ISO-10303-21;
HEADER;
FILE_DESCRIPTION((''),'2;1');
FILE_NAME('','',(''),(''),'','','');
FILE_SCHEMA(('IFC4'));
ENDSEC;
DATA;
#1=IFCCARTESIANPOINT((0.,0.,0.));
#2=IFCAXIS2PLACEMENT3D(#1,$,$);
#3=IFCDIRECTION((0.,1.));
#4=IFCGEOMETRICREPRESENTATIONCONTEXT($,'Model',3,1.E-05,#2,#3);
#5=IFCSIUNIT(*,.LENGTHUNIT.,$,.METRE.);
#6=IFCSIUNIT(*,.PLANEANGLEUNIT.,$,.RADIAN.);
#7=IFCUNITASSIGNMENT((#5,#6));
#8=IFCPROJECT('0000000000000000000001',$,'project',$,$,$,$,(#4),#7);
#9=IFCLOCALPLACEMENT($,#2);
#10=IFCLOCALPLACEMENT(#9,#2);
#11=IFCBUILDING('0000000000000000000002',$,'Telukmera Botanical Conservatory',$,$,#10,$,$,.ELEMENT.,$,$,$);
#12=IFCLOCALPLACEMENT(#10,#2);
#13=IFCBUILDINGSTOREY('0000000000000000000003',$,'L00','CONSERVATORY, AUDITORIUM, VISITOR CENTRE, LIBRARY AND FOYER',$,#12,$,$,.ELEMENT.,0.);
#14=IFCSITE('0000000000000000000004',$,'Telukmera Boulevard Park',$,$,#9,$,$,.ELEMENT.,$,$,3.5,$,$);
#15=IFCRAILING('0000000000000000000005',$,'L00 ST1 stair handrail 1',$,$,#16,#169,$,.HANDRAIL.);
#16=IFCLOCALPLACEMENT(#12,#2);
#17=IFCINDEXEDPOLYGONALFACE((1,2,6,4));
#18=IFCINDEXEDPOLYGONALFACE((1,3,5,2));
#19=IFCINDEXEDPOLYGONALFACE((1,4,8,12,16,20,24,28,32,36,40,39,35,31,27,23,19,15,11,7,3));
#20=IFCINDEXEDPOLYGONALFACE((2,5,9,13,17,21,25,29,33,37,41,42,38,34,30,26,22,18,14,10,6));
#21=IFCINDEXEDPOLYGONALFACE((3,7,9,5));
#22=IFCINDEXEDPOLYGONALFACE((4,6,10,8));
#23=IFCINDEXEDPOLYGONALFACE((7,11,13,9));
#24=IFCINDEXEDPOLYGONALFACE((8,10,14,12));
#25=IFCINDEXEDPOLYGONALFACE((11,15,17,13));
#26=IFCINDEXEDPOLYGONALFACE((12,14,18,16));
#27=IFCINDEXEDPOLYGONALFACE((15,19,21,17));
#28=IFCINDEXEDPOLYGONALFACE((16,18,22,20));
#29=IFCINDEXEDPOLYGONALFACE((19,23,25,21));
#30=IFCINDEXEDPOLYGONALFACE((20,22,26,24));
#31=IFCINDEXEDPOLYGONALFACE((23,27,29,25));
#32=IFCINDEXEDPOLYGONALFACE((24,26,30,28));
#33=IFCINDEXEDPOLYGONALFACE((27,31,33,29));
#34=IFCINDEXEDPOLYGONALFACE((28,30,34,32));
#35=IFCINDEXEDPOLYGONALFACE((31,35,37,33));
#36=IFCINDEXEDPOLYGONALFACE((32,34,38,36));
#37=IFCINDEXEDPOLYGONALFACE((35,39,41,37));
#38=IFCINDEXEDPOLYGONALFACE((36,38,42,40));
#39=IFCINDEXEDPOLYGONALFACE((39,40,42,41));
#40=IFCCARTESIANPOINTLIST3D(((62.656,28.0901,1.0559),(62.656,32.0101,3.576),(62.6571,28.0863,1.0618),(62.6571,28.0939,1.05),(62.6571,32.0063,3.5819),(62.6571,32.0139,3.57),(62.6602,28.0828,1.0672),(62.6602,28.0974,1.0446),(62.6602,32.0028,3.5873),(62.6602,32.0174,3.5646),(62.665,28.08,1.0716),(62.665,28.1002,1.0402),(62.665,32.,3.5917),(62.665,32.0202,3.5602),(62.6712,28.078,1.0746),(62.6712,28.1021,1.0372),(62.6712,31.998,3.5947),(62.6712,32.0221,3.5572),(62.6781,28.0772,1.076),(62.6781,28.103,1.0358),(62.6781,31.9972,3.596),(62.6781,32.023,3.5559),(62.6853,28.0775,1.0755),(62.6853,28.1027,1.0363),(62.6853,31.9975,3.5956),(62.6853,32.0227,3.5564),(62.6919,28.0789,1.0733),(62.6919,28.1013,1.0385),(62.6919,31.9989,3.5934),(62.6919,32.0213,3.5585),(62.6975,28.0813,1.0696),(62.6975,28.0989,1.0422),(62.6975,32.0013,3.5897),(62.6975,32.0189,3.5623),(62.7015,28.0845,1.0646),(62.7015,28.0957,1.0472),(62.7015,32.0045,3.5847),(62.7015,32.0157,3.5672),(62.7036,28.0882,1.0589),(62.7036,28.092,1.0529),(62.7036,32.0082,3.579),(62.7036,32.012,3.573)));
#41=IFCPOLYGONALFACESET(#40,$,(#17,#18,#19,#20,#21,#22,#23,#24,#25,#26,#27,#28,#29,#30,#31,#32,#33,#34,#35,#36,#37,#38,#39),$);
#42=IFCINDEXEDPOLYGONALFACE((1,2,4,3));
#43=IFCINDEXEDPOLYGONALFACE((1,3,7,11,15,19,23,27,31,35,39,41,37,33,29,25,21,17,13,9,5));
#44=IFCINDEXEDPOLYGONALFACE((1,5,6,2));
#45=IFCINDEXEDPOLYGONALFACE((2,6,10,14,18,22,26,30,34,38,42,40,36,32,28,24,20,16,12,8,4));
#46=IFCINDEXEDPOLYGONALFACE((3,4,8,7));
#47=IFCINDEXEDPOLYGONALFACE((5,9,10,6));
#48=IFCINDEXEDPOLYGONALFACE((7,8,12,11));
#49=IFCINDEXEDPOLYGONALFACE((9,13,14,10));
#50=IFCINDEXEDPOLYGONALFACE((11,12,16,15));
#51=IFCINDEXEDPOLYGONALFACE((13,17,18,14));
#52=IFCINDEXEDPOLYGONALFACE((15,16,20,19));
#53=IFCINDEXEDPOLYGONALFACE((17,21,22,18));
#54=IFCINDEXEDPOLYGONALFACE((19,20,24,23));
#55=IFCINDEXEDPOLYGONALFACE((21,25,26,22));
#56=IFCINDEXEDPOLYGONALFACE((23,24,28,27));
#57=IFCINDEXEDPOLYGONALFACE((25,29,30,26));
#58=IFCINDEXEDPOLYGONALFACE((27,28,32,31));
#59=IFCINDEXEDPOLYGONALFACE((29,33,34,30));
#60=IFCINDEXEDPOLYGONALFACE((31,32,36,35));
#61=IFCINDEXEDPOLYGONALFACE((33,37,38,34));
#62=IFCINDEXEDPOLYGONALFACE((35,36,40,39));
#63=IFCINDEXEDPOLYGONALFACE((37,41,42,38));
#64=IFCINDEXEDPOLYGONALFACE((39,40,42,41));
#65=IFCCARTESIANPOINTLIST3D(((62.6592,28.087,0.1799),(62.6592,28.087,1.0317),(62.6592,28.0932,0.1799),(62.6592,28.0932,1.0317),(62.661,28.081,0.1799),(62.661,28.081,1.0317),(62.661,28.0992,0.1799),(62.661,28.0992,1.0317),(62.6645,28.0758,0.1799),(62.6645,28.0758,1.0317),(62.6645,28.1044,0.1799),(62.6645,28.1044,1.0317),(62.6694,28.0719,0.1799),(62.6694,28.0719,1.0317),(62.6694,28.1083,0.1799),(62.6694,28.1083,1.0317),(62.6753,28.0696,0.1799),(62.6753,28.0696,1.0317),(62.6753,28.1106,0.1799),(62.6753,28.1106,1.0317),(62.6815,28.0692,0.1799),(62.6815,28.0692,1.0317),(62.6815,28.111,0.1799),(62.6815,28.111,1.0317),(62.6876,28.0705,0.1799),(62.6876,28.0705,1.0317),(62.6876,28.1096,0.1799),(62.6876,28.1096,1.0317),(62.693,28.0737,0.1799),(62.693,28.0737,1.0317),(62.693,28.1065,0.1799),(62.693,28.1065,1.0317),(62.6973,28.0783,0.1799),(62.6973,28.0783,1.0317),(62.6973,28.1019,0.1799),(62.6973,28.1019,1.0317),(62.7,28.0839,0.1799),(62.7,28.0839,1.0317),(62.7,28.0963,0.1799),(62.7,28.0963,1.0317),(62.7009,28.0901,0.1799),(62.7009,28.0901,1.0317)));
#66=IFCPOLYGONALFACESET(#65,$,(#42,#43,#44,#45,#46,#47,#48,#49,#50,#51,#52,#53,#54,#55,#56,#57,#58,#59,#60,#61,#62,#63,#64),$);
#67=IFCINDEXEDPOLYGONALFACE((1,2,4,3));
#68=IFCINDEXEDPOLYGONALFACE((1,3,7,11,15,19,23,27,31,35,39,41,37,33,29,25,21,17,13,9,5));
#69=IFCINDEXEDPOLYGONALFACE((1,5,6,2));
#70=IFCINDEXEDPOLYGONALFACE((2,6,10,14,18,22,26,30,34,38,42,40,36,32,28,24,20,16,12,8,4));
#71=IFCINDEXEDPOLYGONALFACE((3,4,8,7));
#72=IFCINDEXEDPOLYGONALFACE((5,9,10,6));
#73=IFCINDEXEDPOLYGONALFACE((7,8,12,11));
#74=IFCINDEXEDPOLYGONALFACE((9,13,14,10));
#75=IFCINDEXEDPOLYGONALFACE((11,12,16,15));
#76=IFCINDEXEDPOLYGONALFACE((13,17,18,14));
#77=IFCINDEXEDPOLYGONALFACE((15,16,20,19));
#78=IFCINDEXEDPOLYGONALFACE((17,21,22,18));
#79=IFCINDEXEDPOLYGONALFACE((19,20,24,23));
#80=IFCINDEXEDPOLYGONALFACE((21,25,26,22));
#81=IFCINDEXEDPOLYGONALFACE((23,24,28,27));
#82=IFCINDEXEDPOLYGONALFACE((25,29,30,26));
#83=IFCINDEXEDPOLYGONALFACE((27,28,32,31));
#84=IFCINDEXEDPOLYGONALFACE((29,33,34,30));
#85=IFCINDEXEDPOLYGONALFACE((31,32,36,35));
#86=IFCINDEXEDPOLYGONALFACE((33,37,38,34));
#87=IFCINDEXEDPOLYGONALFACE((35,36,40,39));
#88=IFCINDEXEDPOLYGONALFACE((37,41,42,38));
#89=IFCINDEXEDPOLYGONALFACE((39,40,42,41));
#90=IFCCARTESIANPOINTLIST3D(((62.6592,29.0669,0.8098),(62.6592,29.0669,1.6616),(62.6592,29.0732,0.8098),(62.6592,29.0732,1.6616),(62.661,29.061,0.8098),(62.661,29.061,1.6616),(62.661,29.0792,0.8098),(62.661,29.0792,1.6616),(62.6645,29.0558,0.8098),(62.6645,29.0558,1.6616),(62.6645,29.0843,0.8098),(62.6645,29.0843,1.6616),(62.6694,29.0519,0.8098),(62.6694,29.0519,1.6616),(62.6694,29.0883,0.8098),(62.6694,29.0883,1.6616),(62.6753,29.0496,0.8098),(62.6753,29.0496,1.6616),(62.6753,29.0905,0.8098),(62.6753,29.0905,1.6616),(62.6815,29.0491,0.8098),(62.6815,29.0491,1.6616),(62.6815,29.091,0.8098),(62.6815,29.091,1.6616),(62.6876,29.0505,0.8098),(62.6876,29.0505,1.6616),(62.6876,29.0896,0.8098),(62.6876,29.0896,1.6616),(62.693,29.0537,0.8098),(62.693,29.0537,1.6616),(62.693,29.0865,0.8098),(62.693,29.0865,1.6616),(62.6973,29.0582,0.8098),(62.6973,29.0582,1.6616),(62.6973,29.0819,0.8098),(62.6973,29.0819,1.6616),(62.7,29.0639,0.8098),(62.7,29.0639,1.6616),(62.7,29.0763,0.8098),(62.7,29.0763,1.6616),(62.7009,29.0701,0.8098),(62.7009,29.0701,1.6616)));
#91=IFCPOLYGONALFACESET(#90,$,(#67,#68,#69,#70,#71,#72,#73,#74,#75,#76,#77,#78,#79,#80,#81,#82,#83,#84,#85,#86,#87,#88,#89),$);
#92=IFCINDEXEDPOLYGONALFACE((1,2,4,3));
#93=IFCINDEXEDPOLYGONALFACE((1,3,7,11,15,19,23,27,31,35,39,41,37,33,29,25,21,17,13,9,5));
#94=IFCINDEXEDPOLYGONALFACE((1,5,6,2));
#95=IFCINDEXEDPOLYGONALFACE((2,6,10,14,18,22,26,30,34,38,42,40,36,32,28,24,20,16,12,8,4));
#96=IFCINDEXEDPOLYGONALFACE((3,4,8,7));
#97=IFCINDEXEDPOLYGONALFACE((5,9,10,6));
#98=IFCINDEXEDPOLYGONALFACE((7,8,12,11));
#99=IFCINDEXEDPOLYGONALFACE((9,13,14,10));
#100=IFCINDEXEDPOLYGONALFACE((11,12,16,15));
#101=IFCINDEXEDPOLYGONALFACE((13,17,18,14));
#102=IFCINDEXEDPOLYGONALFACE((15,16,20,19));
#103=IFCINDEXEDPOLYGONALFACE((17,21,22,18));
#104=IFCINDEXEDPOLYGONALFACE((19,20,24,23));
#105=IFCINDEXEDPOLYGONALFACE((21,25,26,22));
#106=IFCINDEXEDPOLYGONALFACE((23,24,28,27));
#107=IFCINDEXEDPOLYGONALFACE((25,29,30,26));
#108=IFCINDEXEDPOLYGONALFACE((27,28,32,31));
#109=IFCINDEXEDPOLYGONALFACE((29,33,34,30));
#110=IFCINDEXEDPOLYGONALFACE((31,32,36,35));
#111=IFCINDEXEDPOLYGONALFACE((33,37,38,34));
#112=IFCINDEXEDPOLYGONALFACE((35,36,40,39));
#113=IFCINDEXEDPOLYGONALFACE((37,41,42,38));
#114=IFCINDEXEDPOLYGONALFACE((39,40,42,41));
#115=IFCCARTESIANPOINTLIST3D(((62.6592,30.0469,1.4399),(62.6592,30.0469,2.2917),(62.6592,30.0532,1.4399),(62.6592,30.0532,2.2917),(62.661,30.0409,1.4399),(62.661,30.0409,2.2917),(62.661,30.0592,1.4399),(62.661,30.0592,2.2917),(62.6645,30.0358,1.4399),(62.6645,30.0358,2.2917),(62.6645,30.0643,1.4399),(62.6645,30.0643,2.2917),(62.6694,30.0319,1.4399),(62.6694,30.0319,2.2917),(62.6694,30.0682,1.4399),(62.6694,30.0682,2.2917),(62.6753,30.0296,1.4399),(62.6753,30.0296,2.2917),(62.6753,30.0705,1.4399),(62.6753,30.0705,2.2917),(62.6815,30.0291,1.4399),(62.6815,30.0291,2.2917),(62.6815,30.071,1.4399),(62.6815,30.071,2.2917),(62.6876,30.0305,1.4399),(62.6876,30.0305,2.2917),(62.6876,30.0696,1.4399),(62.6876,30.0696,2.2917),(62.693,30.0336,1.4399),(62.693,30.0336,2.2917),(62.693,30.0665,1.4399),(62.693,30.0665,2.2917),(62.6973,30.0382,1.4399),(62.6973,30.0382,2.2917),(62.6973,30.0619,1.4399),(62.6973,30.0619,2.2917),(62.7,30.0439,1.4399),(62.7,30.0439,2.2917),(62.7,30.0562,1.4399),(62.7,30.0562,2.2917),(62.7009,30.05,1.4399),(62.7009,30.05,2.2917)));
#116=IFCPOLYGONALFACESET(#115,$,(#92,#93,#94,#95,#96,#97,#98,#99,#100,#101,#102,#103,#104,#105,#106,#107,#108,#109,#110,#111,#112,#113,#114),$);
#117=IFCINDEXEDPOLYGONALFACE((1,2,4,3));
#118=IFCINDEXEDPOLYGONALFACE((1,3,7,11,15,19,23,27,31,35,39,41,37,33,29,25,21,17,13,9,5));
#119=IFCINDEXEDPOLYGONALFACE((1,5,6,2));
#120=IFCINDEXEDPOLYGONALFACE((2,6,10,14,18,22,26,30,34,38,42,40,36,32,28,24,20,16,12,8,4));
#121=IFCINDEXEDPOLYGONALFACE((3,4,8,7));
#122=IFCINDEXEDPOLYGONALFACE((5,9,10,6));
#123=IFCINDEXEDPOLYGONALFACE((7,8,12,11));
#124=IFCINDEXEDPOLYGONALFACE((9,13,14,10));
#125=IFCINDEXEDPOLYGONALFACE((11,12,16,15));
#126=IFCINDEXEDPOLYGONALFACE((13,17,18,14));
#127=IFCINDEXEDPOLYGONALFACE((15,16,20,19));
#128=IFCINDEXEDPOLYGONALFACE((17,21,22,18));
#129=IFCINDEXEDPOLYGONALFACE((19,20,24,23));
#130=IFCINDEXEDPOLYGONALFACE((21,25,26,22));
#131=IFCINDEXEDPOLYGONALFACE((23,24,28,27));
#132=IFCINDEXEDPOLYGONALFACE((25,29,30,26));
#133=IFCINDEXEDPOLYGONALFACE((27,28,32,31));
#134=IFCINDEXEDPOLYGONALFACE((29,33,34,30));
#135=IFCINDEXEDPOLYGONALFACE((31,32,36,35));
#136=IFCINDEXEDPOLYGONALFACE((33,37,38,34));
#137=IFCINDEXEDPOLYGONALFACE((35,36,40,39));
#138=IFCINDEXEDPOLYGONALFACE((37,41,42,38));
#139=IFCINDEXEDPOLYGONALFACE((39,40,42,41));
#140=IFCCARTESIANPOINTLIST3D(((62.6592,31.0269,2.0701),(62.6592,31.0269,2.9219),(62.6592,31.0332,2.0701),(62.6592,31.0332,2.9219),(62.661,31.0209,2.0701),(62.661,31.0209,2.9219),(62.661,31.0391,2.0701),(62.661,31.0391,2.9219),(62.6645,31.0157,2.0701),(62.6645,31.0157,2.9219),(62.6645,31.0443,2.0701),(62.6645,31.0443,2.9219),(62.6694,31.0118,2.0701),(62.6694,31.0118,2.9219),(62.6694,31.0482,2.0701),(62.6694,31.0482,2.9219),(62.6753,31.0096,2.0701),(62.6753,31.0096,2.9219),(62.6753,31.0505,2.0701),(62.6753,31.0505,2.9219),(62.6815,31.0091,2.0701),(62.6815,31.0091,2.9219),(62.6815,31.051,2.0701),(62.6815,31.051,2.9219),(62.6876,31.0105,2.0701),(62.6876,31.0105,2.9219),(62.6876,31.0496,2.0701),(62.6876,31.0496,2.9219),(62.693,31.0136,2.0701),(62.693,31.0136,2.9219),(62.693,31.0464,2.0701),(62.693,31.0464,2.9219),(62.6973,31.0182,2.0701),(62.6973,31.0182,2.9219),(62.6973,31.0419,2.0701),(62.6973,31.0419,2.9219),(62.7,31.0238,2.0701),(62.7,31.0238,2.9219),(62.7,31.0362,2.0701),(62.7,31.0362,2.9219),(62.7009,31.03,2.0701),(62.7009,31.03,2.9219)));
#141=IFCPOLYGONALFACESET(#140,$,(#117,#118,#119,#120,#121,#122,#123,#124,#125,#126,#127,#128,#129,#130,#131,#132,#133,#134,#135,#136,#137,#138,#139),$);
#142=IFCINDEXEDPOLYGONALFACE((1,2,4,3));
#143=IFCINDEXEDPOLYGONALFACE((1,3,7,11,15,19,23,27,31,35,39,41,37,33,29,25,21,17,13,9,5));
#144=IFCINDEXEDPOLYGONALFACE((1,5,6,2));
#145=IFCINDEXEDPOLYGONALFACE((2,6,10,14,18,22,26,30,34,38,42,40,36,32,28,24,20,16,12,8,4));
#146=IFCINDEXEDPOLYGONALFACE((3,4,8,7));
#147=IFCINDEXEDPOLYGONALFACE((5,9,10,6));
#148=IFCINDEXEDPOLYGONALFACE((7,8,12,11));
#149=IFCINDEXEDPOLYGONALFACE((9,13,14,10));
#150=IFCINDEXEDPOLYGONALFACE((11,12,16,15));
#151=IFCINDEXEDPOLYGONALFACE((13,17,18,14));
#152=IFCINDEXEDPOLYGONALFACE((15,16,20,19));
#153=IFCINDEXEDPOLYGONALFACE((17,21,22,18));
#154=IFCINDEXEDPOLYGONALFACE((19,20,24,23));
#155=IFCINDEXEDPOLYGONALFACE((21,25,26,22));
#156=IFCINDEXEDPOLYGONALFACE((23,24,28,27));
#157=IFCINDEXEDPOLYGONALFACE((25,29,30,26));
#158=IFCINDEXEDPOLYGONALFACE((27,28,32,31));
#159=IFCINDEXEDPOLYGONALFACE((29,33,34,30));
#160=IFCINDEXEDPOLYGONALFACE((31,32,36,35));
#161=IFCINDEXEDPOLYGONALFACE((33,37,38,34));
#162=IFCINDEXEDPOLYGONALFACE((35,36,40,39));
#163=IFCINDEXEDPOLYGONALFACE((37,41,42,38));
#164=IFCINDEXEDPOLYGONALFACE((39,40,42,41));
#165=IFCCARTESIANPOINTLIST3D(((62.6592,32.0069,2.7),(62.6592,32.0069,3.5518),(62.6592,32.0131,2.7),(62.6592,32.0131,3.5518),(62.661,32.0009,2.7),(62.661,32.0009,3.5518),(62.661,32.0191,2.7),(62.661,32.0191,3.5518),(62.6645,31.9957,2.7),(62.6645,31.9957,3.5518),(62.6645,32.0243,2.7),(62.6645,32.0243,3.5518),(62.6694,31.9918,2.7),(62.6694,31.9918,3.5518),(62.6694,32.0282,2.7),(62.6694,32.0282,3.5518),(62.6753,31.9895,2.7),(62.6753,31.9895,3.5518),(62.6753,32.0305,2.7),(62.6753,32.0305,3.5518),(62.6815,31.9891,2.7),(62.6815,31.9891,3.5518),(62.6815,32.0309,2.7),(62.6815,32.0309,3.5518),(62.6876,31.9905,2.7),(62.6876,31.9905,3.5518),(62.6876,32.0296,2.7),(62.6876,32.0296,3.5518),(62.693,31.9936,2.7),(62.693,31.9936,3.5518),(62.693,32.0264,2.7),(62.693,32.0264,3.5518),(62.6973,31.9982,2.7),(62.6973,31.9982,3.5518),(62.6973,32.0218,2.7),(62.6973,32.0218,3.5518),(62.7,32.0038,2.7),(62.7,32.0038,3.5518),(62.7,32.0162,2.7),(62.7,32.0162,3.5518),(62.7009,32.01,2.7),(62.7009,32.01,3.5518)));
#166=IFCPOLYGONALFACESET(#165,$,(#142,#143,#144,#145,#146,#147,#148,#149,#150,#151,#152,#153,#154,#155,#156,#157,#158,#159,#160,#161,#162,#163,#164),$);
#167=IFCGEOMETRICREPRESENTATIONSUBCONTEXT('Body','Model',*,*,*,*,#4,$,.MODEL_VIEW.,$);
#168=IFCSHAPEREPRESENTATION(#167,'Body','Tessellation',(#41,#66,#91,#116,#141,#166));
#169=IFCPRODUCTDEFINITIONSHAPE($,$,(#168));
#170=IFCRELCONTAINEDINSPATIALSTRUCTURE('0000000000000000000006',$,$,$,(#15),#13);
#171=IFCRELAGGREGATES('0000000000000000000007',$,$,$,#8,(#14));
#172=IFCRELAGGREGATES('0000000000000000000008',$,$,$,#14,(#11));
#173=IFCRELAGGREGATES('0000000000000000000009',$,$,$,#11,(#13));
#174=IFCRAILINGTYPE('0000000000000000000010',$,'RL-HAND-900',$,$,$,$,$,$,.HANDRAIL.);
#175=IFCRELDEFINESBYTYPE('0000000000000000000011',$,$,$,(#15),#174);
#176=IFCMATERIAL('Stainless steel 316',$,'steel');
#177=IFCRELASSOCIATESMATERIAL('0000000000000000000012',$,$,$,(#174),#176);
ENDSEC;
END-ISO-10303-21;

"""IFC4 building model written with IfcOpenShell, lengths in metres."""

from ifc_helpers import new_model, si_unit, direction, frame, origin, origin_2d, place, context, subcontext, project, spatial, circle, extrude, material, type_object, element, save


model = new_model("IFC4")

# Units and contexts
model_context = context("Model", 3, precision=1e-05, world=origin(), true_north=direction((0.0, 1.0)))
body_context = subcontext(model_context, "Body", "Model", "MODEL_VIEW")
ifc_project = project(units=[si_unit("LENGTHUNIT", "METRE"), si_unit("PLANEANGLEUNIT", "RADIAN")], contexts=[model_context])

# Site, building, storey
site_placement = place(None, origin())
site = spatial("IfcSite", under=ifc_project, at=site_placement, Name="Telukmera Boulevard Park", CompositionType="ELEMENT", RefElevation=3.5)
building_placement = place(site_placement, origin())
building = spatial("IfcBuilding", under=site, at=building_placement, Name="Telukmera Botanical Conservatory", CompositionType="ELEMENT")
storey_placement = place(building_placement, origin())
storey = spatial("IfcBuildingStorey", under=building, at=storey_placement, Name="L00", Description="CONSERVATORY, AUDITORIUM, VISITOR CENTRE, LIBRARY AND FOYER", CompositionType="ELEMENT", Elevation=0.0)

# Shared definitions
ifc_material_1 = material(Name="Stainless steel 316", Category="steel")

# Railing
railing_type_1 = type_object("IfcRailingType", Name="RL-HAND-900", PredefinedType="HANDRAIL", material=ifc_material_1)
railing_1_placement = place(storey_placement, frame((62.6799, 28.0901, 0.1799)))
element("IfcRailing", 1, at=railing_1_placement, inside=storey, type_object=railing_type_1, Name="L00 ST1 stair handrail 1", PredefinedType="HANDRAIL", context=body_context, shape_type="SweptSolid", body=[
    extrude(circle(Radius=0.0239, at=origin_2d()), frame((0.0, 0.0, 0.876), z_axis=(0.0, 0.841172, 0.540768), x_axis=(-1.0, 0.0, 0.0)), (0.0, 0.0, 1.0), 4.6602),
    extrude(circle(Radius=0.021, at=origin_2d()), origin(), (0.0, 0.0, 1.0), 0.8518),
    extrude(circle(Radius=0.021, at=origin_2d()), frame((0.0, 0.98, 0.6299)), (0.0, 0.0, 1.0), 0.8518),
    extrude(circle(Radius=0.021, at=origin_2d()), frame((0.0, 1.96, 1.26)), (0.0, 0.0, 1.0), 0.8518),
    extrude(circle(Radius=0.021, at=origin_2d()), frame((0.0, 2.9399, 1.8901)), (0.0, 0.0, 1.0), 0.8518),
    extrude(circle(Radius=0.021, at=origin_2d()), frame((0.0, 3.9199, 2.52)), (0.0, 0.0, 1.0), 0.8518),
])

save(model, "model.ifc")
